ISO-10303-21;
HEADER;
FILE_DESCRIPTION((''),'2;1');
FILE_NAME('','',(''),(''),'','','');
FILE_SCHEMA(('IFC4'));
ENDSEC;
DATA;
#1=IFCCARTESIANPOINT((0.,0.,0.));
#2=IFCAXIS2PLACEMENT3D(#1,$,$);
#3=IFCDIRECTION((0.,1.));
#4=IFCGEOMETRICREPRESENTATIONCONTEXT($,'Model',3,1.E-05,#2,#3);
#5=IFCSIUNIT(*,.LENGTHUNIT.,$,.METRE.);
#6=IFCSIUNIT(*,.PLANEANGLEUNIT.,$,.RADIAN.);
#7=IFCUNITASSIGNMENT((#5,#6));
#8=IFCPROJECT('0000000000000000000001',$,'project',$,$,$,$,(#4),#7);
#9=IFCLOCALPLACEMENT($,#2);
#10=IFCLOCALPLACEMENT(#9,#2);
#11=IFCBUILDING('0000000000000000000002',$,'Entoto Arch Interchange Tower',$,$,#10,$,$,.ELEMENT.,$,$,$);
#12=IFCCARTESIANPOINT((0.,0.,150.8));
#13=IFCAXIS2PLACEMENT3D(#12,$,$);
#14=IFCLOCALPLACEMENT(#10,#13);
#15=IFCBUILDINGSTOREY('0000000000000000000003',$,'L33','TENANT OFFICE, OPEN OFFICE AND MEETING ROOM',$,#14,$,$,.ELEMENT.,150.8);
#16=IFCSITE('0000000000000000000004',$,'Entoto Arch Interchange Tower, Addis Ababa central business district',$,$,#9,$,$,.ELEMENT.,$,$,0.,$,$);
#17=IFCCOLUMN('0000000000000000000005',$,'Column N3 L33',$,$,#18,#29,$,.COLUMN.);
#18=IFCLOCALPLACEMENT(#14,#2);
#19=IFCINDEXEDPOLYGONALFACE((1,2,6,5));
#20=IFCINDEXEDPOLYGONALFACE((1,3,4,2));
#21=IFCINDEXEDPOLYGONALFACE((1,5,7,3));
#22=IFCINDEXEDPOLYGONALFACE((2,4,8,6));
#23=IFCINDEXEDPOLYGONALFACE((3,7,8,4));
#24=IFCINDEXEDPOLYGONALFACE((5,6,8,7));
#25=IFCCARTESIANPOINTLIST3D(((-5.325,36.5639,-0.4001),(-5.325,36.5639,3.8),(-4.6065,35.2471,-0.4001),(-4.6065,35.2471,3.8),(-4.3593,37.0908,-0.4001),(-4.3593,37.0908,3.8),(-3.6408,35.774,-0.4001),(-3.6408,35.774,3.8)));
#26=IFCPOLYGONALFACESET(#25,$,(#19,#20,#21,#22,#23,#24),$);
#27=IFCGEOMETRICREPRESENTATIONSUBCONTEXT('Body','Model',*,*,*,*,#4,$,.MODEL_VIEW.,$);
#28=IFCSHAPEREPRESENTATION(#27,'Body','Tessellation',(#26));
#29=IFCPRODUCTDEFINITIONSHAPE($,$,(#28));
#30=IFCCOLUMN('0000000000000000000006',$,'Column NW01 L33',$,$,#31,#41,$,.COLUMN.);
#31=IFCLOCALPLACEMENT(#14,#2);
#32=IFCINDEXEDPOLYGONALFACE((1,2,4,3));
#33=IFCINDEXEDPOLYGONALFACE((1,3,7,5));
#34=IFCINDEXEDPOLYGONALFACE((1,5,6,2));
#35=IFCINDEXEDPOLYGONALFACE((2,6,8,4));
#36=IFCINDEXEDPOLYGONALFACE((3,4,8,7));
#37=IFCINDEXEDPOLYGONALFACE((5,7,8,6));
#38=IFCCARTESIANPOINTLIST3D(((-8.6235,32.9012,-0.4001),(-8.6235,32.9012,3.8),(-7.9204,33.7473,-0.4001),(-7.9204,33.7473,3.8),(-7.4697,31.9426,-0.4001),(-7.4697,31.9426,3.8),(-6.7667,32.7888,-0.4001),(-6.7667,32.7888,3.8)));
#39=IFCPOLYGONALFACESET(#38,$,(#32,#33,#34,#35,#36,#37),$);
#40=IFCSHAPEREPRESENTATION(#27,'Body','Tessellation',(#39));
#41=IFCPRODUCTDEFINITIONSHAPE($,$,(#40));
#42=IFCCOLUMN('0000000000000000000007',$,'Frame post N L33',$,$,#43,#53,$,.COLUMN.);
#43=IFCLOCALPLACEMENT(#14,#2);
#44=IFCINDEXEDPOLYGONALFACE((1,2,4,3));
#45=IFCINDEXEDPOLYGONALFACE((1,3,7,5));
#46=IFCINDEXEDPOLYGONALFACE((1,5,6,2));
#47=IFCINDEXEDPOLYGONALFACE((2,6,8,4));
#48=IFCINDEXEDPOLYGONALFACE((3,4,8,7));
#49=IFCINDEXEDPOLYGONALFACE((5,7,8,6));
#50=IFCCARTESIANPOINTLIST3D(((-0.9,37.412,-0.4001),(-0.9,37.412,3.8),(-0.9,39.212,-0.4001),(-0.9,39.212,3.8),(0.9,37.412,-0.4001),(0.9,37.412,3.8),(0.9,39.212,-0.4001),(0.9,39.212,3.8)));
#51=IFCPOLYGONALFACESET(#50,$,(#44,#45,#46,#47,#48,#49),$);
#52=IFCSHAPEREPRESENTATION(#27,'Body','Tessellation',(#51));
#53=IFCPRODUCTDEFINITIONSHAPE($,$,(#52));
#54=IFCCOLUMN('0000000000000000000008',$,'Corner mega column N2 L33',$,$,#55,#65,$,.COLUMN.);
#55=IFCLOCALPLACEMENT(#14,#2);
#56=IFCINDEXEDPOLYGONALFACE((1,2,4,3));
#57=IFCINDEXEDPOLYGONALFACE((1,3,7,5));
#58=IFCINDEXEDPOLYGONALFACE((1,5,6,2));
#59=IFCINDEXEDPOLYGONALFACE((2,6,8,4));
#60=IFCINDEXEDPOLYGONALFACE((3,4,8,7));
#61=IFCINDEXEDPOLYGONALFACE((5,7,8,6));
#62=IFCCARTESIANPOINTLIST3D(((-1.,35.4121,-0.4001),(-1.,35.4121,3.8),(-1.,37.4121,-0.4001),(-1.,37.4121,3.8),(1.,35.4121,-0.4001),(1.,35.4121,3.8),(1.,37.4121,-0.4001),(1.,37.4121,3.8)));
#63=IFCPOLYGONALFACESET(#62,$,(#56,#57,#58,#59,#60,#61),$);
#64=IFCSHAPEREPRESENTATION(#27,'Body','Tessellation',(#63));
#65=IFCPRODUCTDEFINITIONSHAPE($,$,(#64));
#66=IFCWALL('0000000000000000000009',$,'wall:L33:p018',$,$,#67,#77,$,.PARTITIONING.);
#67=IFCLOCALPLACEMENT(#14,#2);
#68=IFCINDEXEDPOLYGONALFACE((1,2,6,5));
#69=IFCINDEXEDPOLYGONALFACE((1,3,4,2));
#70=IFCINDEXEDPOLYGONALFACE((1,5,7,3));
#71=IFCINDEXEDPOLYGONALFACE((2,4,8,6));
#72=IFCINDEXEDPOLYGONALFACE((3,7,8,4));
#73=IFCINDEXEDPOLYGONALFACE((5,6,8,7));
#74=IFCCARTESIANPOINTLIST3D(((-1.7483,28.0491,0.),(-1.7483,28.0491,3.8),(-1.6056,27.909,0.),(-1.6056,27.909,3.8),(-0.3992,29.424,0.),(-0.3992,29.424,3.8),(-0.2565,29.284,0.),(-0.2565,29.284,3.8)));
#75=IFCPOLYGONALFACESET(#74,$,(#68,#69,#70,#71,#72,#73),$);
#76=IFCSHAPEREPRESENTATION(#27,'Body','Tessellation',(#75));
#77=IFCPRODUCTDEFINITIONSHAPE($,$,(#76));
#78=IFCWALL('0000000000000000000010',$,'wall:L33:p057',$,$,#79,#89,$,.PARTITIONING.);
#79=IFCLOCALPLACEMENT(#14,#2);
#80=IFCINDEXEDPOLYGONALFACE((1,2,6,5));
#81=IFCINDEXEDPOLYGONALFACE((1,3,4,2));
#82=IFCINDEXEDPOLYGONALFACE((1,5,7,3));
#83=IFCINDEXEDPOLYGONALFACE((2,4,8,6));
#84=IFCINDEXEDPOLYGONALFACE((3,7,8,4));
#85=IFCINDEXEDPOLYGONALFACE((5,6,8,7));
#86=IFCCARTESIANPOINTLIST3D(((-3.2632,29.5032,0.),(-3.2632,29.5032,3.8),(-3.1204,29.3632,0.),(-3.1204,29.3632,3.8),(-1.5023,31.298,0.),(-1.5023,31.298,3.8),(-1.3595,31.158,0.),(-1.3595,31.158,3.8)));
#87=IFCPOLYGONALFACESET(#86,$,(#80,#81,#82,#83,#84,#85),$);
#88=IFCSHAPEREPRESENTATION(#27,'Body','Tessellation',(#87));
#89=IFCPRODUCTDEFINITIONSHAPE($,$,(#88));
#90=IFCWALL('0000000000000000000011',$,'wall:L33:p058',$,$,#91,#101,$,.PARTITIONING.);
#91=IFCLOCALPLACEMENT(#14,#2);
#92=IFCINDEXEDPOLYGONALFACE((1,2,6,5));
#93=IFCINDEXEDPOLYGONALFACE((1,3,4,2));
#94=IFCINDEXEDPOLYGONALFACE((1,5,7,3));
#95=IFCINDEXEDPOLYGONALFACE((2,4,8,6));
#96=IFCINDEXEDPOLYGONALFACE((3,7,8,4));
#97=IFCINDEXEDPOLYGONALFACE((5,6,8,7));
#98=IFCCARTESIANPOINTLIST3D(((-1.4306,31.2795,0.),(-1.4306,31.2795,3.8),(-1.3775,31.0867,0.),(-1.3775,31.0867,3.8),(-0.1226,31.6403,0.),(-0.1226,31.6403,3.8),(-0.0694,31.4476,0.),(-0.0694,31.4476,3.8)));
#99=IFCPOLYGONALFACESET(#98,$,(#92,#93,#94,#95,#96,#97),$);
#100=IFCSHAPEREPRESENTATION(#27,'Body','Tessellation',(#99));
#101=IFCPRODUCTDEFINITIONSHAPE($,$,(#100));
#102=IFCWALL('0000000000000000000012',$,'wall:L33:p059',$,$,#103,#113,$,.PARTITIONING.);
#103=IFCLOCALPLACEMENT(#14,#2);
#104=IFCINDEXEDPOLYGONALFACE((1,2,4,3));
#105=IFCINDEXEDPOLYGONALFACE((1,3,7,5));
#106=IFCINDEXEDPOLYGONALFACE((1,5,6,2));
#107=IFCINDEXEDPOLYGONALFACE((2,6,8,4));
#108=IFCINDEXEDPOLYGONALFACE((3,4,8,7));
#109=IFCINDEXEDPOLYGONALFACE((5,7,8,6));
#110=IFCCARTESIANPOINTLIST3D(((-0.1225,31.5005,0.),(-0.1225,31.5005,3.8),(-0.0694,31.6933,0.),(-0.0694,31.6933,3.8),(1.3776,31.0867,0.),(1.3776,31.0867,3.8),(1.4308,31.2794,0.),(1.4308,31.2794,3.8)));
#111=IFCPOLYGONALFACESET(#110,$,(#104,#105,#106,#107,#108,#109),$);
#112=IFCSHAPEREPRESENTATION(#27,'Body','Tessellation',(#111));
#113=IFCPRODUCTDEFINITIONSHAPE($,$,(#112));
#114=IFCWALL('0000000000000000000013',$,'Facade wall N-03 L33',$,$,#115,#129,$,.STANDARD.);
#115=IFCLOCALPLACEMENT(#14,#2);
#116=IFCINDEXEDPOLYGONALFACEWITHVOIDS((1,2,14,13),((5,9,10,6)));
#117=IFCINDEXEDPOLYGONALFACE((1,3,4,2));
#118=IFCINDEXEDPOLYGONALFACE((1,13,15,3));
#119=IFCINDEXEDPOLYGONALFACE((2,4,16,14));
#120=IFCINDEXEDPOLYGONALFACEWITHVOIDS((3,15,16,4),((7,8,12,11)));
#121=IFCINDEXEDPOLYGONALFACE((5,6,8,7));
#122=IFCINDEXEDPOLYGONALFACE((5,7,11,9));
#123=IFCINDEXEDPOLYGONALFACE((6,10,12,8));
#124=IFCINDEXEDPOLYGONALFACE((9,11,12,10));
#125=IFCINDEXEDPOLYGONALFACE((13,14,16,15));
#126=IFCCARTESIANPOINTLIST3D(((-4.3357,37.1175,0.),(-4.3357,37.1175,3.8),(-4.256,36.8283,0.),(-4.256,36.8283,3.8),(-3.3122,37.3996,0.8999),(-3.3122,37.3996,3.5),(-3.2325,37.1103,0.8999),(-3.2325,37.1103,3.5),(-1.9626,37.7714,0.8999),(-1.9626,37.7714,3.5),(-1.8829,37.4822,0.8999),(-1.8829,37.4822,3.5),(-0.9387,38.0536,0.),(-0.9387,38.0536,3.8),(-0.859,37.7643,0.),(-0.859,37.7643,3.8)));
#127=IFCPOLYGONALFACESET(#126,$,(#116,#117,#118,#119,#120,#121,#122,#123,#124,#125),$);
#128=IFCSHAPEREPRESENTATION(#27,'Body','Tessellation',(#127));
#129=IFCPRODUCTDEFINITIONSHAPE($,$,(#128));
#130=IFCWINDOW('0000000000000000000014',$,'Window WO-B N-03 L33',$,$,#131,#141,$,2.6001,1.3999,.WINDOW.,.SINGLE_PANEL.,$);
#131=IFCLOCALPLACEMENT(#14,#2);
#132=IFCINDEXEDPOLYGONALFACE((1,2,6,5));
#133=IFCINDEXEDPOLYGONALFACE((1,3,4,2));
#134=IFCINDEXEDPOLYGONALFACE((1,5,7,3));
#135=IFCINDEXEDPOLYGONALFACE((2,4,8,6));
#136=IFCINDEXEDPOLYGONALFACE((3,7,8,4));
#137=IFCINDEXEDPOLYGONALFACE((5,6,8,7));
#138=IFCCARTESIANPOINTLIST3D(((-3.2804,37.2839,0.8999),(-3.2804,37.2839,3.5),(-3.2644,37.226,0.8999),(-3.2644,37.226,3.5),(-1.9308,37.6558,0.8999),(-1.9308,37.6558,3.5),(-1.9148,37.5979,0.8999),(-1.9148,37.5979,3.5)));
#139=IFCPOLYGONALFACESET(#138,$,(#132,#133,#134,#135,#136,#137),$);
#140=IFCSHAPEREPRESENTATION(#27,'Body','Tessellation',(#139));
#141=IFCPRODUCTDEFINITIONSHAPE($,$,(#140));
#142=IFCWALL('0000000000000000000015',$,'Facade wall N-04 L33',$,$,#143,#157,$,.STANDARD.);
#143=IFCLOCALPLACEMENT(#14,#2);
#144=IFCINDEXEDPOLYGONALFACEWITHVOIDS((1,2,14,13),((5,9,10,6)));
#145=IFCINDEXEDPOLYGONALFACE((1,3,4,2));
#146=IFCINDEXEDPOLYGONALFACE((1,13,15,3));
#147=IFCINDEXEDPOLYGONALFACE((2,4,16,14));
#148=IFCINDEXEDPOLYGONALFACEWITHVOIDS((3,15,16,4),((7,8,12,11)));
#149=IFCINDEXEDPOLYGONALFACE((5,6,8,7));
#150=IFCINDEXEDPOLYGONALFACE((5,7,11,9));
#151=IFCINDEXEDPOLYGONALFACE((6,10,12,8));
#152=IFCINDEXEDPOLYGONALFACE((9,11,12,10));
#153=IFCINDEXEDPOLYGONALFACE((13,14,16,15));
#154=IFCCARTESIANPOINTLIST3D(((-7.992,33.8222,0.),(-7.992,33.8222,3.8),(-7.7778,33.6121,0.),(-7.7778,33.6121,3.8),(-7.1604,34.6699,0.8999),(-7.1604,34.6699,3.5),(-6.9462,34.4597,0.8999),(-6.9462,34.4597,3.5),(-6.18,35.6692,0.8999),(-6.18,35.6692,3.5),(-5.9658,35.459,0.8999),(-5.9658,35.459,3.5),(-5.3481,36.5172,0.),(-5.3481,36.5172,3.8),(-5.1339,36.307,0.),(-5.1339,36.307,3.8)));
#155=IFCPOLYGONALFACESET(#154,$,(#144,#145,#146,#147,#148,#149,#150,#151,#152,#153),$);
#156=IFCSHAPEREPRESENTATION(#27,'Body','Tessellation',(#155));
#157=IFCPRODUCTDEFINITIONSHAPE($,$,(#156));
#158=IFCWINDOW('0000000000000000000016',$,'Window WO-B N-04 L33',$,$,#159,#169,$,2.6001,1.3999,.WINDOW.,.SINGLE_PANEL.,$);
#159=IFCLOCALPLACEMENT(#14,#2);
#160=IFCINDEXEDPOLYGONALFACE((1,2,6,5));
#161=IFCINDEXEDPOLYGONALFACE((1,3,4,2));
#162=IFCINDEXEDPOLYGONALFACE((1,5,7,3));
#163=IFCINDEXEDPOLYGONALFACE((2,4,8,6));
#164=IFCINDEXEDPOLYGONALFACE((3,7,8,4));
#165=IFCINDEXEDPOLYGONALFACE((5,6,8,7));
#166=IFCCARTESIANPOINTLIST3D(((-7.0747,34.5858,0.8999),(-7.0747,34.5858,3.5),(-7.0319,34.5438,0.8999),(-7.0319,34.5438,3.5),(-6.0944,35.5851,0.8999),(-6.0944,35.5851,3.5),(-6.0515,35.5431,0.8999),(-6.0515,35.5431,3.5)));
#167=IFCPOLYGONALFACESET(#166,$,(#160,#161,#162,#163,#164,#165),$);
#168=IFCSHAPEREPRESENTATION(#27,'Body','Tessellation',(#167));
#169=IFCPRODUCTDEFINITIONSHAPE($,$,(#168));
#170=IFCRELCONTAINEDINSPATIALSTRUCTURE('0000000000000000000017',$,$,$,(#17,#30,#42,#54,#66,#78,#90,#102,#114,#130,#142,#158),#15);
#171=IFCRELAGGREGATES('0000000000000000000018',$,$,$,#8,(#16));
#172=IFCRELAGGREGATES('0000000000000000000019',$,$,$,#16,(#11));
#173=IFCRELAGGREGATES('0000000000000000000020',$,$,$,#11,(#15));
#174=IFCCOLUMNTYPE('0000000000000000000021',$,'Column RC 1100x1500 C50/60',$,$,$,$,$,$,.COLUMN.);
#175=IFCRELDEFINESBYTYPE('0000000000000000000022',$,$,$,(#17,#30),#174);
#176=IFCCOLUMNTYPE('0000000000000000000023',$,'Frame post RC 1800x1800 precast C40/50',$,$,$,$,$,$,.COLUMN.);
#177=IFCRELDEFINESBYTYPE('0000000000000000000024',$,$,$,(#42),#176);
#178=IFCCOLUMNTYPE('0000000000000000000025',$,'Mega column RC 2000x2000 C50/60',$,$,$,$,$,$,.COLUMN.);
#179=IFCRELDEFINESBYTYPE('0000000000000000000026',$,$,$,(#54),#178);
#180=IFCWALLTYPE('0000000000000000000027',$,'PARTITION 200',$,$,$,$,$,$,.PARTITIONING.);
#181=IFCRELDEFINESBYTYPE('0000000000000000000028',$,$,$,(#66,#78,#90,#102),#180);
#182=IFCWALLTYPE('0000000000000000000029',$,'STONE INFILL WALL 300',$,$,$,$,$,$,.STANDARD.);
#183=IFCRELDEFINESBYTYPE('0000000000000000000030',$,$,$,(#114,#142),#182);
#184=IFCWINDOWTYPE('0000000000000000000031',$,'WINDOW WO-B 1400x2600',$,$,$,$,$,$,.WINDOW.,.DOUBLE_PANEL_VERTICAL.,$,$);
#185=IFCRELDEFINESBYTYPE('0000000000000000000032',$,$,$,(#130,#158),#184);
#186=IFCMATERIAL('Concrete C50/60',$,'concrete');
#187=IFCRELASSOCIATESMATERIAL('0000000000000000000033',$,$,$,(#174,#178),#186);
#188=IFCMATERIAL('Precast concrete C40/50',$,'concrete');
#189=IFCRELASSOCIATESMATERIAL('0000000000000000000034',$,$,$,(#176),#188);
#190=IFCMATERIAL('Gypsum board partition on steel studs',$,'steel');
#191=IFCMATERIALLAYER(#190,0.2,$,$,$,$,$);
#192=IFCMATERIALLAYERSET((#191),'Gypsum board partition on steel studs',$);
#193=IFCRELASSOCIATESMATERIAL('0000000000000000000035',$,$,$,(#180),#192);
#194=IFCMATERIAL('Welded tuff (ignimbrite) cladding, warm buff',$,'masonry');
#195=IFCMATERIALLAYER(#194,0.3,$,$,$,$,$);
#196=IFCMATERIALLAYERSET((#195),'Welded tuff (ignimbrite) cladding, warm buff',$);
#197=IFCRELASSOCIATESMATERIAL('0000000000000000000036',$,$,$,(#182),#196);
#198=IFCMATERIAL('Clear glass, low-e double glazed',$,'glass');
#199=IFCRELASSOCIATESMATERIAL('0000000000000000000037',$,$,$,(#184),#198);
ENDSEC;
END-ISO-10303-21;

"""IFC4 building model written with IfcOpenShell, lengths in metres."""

from ifc_helpers import new_model, si_unit, direction, frame, frame_2d, origin, origin_2d, place, context, subcontext, project, spatial, rectangle, extrude, material, layer, layer_set, material_profile, profile_set, type_object, element, fill, save


model = new_model("IFC4")

# Units and contexts
model_context = context("Model", 3, precision=1e-05, world=origin(), true_north=direction((0.0, 1.0)))
body_context = subcontext(model_context, "Body", "Model", "MODEL_VIEW")
ifc_project = project(units=[si_unit("LENGTHUNIT", "METRE"), si_unit("PLANEANGLEUNIT", "RADIAN")], contexts=[model_context])

# Site, building, storey
site_placement = place(None, origin())
site = spatial("IfcSite", under=ifc_project, at=site_placement, Name="Entoto Arch Interchange Tower, Addis Ababa central business district", CompositionType="ELEMENT", RefElevation=0.0)
building_placement = place(site_placement, origin())
building = spatial("IfcBuilding", under=site, at=building_placement, Name="Entoto Arch Interchange Tower", CompositionType="ELEMENT")
storey_placement = place(building_placement, frame((0.0, 0.0, 150.8)))
storey = spatial("IfcBuildingStorey", under=building, at=storey_placement, Name="L33", Description="TENANT OFFICE, OPEN OFFICE AND MEETING ROOM", CompositionType="ELEMENT", Elevation=150.8)

# Columns
ifc_material_1 = material(Name="Concrete C50/60", Category="concrete")
ifc_material_profile_1 = material_profile(ifc_material_1, rectangle(XDim=1.1001, YDim=1.5, at=origin_2d()))
ifc_profile_set_1 = profile_set([ifc_material_profile_1], Name="Concrete C50/60")
column_type_1 = type_object("IfcColumnType", Name="Column RC 1100x1500 C50/60", PredefinedType="COLUMN", material=ifc_profile_set_1)
for number, where, z_axis, x_axis, name in (
    (1, (-4.4829, 36.1689, -0.4001), (0.0, 0.0, 1.0), (0.877833, 0.478968, 0.0), "Column N3 L33"),
    (2, (-7.6951, 32.845, -0.4001), (0.0, 0.0, 1.0), (0.63905, 0.769165, 0.0), "Column NW01 L33"),
):
    element("IfcColumn", number, at=place(storey_placement, frame(where, z_axis=z_axis, x_axis=x_axis)), inside=storey, type_object=column_type_1, Name=name, PredefinedType="COLUMN", context=body_context, shape_type="SweptSolid", body=[
        extrude(rectangle(XDim=1.1001, YDim=1.5, at=origin_2d()), origin(), (0.0, 0.0, 1.0), 4.2002),
    ])
ifc_material_2 = material(Name="Precast concrete C40/50", Category="concrete")
ifc_material_profile_2 = material_profile(ifc_material_2, rectangle(XDim=1.8, YDim=1.8, at=origin_2d()))
ifc_profile_set_2 = profile_set([ifc_material_profile_2], Name="Precast concrete C40/50")
column_type_2 = type_object("IfcColumnType", Name="Frame post RC 1800x1800 precast C40/50", PredefinedType="COLUMN", material=ifc_profile_set_2)
column_1_placement = place(storey_placement, frame((0.0, 38.312, -0.4001), z_axis=(0.0, 0.0, 1.0), x_axis=(0.0, 1.0, 0.0)))
element("IfcColumn", 3, at=column_1_placement, inside=storey, type_object=column_type_2, Name="Frame post N L33", PredefinedType="COLUMN", context=body_context, shape_type="SweptSolid", body=[
    extrude(rectangle(XDim=1.8, YDim=1.8, at=origin_2d()), origin(), (0.0, 0.0, 1.0), 4.2002),
])
ifc_material_profile_3 = material_profile(ifc_material_1, rectangle(XDim=2.0, YDim=2.0, at=origin_2d()))
ifc_profile_set_3 = profile_set([ifc_material_profile_3], Name="Concrete C50/60")
column_type_3 = type_object("IfcColumnType", Name="Mega column RC 2000x2000 C50/60", PredefinedType="COLUMN", material=ifc_profile_set_3)
column_2_placement = place(storey_placement, frame((0.0, 36.4121, -0.4001), z_axis=(0.0, 0.0, 1.0), x_axis=(0.0, 1.0, 0.0)))
element("IfcColumn", 4, at=column_2_placement, inside=storey, type_object=column_type_3, Name="Corner mega column N2 L33", PredefinedType="COLUMN", context=body_context, shape_type="SweptSolid", body=[
    extrude(rectangle(XDim=2.0, YDim=2.0, at=origin_2d()), origin(), (0.0, 0.0, 1.0), 4.2002),
])

# Walls
ifc_material_3 = material(Name="Gypsum board partition on steel studs", Category="steel")
ifc_layer_1 = layer(ifc_material_3, 0.2)
ifc_layer_set_1 = layer_set([ifc_layer_1], Name="Gypsum board partition on steel studs")
wall_type_1 = type_object("IfcWallType", Name="PARTITION 200", PredefinedType="PARTITIONING", material=ifc_layer_set_1)
wall_1_placement = place(storey_placement, frame((-0.3279, 29.354, 0.0), z_axis=(0.0, 0.0, 1.0), x_axis=(-0.700358, -0.713792, 0.0)))
element("IfcWall", 5, at=wall_1_placement, inside=storey, type_object=wall_type_1, Name="wall:L33:p018", PredefinedType="PARTITIONING", context=body_context, shape_type="SweptSolid", body=[
    extrude(rectangle(XDim=1.9263, YDim=0.2, at=frame_2d((0.9631, 0.0))), origin(), (0.0, 0.0, 1.0), 3.8),
])
wall_2_placement = place(storey_placement, frame((-3.1919, 29.4331, 0.0), z_axis=(0.0, 0.0, 1.0), x_axis=(0.700327, 0.713822, 0.0)))
element("IfcWall", 6, at=wall_2_placement, inside=storey, type_object=wall_type_1, Name="wall:L33:p057", PredefinedType="PARTITIONING", context=body_context, shape_type="SweptSolid", body=[
    extrude(rectangle(XDim=2.5144, YDim=0.2, at=frame_2d((1.2573, 0.0))), origin(), (0.0, 0.0, 1.0), 3.8),
])
wall_3_placement = place(storey_placement, frame((-1.4041, 31.1831, 0.0), z_axis=(0.0, 0.0, 1.0), x_axis=(0.963996, 0.265917, 0.0)))
element("IfcWall", 7, at=wall_3_placement, inside=storey, type_object=wall_type_1, Name="wall:L33:p058", PredefinedType="PARTITIONING", context=body_context, shape_type="SweptSolid", body=[
    extrude(rectangle(XDim=1.3569, YDim=0.2, at=frame_2d((0.6785, 0.0))), origin(), (0.0, 0.0, 1.0), 3.8),
])
wall_4_placement = place(storey_placement, frame((-0.0959, 31.5969, 0.0), z_axis=(0.0, 0.0, 1.0), x_axis=(0.963988, -0.265944, 0.0)))
element("IfcWall", 8, at=wall_4_placement, inside=storey, type_object=wall_type_1, Name="wall:L33:p059", PredefinedType="PARTITIONING", context=body_context, shape_type="SweptSolid", body=[
    extrude(rectangle(XDim=1.5562, YDim=0.2, at=frame_2d((0.7781, 0.0))), origin(), (0.0, 0.0, 1.0), 3.8),
])

# Walls, openings, windows
ifc_material_4 = material(Name="Welded tuff (ignimbrite) cladding, warm buff", Category="masonry")
ifc_layer_2 = layer(ifc_material_4, 0.3)
ifc_layer_set_2 = layer_set([ifc_layer_2], Name="Welded tuff (ignimbrite) cladding, warm buff")
wall_type_2 = type_object("IfcWallType", Name="STONE INFILL WALL 300", PredefinedType="STANDARD", material=ifc_layer_set_2)
wall_5_placement = place(storey_placement, frame((-0.8989, 37.9089, 0.0), z_axis=(0.0, 0.0, 1.0), x_axis=(-0.96407, -0.265649, 0.0)))
wall_5 = element("IfcWall", 9, at=wall_5_placement, inside=storey, type_object=wall_type_2, Name="Facade wall N-03 L33", PredefinedType="STANDARD", context=body_context, shape_type="SweptSolid", body=[
    extrude(rectangle(XDim=3.5237, YDim=0.3, at=frame_2d((1.7617, 0.0))), origin(), (0.0, 0.0, 1.0), 3.8),
])
opening_1_placement = place(wall_5_placement, frame((1.062, 0.0, 0.8999)))
opening_1 = element("IfcOpeningElement", 10, at=opening_1_placement, cuts=wall_5, PredefinedType="OPENING", context=body_context, shape_type="SweptSolid", body=[
    extrude(rectangle(XDim=1.3999, YDim=2.6001, at=frame_2d((0.7, 1.3))), frame((0.0, 0.1602, 0.0), z_axis=(0.0, -1.0, 0.0), x_axis=(1.0, 0.0, 0.0)), (0.0, 0.0, 1.0), 0.3201),
])
ifc_material_5 = material(Name="Clear glass, low-e double glazed", Category="glass")
window_type_1 = type_object("IfcWindowType", Name="WINDOW WO-B 1400x2600", PartitioningType="DOUBLE_PANEL_VERTICAL", PredefinedType="WINDOW", material=ifc_material_5)
window_1_placement = place(opening_1_placement, origin())
window_1 = element("IfcWindow", 11, at=window_1_placement, inside=storey, type_object=window_type_1, Name="Window WO-B N-03 L33", OverallHeight=2.6001, OverallWidth=1.3999, PartitioningType="SINGLE_PANEL", PredefinedType="WINDOW", context=body_context, shape_type="SweptSolid", body=[
    extrude(rectangle(XDim=1.3999, YDim=2.6001, at=frame_2d((0.7, 1.3))), frame((0.0, 0.03, 0.0), z_axis=(0.0, -1.0, 0.0), x_axis=(1.0, 0.0, 0.0)), (0.0, 0.0, 1.0), 0.0601),
])
fill(opening_1, window_1)
wall_6_placement = place(storey_placement, frame((-5.241, 36.4121, 0.0), z_axis=(0.0, 0.0, 1.0), x_axis=(-0.700317, -0.713832, 0.0)))
wall_6 = element("IfcWall", 12, at=wall_6_placement, inside=storey, type_object=wall_type_2, Name="Facade wall N-04 L33", PredefinedType="STANDARD", context=body_context, shape_type="SweptSolid", body=[
    extrude(rectangle(XDim=3.7754, YDim=0.3, at=frame_2d((1.8877, 0.0))), origin(), (0.0, 0.0, 1.0), 3.8),
])
opening_2_placement = place(wall_6_placement, frame((1.188, 0.0, 0.8999)))
opening_2 = element("IfcOpeningElement", 13, at=opening_2_placement, cuts=wall_6, PredefinedType="OPENING", context=body_context, shape_type="SweptSolid", body=[
    extrude(rectangle(XDim=1.3999, YDim=2.6001, at=frame_2d((0.7, 1.3))), frame((0.0, 0.1602, 0.0), z_axis=(0.0, -1.0, 0.0), x_axis=(1.0, 0.0, 0.0)), (0.0, 0.0, 1.0), 0.3201),
])
window_2_placement = place(opening_2_placement, origin())
window_2 = element("IfcWindow", 14, at=window_2_placement, inside=storey, type_object=window_type_1, Name="Window WO-B N-04 L33", OverallHeight=2.6001, OverallWidth=1.3999, PartitioningType="SINGLE_PANEL", PredefinedType="WINDOW", context=body_context, shape_type="SweptSolid", body=[
    extrude(rectangle(XDim=1.3999, YDim=2.6001, at=frame_2d((0.7, 1.3))), frame((0.0, 0.03, 0.0), z_axis=(0.0, -1.0, 0.0), x_axis=(1.0, 0.0, 0.0)), (0.0, 0.0, 1.0), 0.0601),
])
fill(opening_2, window_2)

save(model, "model.ifc")
